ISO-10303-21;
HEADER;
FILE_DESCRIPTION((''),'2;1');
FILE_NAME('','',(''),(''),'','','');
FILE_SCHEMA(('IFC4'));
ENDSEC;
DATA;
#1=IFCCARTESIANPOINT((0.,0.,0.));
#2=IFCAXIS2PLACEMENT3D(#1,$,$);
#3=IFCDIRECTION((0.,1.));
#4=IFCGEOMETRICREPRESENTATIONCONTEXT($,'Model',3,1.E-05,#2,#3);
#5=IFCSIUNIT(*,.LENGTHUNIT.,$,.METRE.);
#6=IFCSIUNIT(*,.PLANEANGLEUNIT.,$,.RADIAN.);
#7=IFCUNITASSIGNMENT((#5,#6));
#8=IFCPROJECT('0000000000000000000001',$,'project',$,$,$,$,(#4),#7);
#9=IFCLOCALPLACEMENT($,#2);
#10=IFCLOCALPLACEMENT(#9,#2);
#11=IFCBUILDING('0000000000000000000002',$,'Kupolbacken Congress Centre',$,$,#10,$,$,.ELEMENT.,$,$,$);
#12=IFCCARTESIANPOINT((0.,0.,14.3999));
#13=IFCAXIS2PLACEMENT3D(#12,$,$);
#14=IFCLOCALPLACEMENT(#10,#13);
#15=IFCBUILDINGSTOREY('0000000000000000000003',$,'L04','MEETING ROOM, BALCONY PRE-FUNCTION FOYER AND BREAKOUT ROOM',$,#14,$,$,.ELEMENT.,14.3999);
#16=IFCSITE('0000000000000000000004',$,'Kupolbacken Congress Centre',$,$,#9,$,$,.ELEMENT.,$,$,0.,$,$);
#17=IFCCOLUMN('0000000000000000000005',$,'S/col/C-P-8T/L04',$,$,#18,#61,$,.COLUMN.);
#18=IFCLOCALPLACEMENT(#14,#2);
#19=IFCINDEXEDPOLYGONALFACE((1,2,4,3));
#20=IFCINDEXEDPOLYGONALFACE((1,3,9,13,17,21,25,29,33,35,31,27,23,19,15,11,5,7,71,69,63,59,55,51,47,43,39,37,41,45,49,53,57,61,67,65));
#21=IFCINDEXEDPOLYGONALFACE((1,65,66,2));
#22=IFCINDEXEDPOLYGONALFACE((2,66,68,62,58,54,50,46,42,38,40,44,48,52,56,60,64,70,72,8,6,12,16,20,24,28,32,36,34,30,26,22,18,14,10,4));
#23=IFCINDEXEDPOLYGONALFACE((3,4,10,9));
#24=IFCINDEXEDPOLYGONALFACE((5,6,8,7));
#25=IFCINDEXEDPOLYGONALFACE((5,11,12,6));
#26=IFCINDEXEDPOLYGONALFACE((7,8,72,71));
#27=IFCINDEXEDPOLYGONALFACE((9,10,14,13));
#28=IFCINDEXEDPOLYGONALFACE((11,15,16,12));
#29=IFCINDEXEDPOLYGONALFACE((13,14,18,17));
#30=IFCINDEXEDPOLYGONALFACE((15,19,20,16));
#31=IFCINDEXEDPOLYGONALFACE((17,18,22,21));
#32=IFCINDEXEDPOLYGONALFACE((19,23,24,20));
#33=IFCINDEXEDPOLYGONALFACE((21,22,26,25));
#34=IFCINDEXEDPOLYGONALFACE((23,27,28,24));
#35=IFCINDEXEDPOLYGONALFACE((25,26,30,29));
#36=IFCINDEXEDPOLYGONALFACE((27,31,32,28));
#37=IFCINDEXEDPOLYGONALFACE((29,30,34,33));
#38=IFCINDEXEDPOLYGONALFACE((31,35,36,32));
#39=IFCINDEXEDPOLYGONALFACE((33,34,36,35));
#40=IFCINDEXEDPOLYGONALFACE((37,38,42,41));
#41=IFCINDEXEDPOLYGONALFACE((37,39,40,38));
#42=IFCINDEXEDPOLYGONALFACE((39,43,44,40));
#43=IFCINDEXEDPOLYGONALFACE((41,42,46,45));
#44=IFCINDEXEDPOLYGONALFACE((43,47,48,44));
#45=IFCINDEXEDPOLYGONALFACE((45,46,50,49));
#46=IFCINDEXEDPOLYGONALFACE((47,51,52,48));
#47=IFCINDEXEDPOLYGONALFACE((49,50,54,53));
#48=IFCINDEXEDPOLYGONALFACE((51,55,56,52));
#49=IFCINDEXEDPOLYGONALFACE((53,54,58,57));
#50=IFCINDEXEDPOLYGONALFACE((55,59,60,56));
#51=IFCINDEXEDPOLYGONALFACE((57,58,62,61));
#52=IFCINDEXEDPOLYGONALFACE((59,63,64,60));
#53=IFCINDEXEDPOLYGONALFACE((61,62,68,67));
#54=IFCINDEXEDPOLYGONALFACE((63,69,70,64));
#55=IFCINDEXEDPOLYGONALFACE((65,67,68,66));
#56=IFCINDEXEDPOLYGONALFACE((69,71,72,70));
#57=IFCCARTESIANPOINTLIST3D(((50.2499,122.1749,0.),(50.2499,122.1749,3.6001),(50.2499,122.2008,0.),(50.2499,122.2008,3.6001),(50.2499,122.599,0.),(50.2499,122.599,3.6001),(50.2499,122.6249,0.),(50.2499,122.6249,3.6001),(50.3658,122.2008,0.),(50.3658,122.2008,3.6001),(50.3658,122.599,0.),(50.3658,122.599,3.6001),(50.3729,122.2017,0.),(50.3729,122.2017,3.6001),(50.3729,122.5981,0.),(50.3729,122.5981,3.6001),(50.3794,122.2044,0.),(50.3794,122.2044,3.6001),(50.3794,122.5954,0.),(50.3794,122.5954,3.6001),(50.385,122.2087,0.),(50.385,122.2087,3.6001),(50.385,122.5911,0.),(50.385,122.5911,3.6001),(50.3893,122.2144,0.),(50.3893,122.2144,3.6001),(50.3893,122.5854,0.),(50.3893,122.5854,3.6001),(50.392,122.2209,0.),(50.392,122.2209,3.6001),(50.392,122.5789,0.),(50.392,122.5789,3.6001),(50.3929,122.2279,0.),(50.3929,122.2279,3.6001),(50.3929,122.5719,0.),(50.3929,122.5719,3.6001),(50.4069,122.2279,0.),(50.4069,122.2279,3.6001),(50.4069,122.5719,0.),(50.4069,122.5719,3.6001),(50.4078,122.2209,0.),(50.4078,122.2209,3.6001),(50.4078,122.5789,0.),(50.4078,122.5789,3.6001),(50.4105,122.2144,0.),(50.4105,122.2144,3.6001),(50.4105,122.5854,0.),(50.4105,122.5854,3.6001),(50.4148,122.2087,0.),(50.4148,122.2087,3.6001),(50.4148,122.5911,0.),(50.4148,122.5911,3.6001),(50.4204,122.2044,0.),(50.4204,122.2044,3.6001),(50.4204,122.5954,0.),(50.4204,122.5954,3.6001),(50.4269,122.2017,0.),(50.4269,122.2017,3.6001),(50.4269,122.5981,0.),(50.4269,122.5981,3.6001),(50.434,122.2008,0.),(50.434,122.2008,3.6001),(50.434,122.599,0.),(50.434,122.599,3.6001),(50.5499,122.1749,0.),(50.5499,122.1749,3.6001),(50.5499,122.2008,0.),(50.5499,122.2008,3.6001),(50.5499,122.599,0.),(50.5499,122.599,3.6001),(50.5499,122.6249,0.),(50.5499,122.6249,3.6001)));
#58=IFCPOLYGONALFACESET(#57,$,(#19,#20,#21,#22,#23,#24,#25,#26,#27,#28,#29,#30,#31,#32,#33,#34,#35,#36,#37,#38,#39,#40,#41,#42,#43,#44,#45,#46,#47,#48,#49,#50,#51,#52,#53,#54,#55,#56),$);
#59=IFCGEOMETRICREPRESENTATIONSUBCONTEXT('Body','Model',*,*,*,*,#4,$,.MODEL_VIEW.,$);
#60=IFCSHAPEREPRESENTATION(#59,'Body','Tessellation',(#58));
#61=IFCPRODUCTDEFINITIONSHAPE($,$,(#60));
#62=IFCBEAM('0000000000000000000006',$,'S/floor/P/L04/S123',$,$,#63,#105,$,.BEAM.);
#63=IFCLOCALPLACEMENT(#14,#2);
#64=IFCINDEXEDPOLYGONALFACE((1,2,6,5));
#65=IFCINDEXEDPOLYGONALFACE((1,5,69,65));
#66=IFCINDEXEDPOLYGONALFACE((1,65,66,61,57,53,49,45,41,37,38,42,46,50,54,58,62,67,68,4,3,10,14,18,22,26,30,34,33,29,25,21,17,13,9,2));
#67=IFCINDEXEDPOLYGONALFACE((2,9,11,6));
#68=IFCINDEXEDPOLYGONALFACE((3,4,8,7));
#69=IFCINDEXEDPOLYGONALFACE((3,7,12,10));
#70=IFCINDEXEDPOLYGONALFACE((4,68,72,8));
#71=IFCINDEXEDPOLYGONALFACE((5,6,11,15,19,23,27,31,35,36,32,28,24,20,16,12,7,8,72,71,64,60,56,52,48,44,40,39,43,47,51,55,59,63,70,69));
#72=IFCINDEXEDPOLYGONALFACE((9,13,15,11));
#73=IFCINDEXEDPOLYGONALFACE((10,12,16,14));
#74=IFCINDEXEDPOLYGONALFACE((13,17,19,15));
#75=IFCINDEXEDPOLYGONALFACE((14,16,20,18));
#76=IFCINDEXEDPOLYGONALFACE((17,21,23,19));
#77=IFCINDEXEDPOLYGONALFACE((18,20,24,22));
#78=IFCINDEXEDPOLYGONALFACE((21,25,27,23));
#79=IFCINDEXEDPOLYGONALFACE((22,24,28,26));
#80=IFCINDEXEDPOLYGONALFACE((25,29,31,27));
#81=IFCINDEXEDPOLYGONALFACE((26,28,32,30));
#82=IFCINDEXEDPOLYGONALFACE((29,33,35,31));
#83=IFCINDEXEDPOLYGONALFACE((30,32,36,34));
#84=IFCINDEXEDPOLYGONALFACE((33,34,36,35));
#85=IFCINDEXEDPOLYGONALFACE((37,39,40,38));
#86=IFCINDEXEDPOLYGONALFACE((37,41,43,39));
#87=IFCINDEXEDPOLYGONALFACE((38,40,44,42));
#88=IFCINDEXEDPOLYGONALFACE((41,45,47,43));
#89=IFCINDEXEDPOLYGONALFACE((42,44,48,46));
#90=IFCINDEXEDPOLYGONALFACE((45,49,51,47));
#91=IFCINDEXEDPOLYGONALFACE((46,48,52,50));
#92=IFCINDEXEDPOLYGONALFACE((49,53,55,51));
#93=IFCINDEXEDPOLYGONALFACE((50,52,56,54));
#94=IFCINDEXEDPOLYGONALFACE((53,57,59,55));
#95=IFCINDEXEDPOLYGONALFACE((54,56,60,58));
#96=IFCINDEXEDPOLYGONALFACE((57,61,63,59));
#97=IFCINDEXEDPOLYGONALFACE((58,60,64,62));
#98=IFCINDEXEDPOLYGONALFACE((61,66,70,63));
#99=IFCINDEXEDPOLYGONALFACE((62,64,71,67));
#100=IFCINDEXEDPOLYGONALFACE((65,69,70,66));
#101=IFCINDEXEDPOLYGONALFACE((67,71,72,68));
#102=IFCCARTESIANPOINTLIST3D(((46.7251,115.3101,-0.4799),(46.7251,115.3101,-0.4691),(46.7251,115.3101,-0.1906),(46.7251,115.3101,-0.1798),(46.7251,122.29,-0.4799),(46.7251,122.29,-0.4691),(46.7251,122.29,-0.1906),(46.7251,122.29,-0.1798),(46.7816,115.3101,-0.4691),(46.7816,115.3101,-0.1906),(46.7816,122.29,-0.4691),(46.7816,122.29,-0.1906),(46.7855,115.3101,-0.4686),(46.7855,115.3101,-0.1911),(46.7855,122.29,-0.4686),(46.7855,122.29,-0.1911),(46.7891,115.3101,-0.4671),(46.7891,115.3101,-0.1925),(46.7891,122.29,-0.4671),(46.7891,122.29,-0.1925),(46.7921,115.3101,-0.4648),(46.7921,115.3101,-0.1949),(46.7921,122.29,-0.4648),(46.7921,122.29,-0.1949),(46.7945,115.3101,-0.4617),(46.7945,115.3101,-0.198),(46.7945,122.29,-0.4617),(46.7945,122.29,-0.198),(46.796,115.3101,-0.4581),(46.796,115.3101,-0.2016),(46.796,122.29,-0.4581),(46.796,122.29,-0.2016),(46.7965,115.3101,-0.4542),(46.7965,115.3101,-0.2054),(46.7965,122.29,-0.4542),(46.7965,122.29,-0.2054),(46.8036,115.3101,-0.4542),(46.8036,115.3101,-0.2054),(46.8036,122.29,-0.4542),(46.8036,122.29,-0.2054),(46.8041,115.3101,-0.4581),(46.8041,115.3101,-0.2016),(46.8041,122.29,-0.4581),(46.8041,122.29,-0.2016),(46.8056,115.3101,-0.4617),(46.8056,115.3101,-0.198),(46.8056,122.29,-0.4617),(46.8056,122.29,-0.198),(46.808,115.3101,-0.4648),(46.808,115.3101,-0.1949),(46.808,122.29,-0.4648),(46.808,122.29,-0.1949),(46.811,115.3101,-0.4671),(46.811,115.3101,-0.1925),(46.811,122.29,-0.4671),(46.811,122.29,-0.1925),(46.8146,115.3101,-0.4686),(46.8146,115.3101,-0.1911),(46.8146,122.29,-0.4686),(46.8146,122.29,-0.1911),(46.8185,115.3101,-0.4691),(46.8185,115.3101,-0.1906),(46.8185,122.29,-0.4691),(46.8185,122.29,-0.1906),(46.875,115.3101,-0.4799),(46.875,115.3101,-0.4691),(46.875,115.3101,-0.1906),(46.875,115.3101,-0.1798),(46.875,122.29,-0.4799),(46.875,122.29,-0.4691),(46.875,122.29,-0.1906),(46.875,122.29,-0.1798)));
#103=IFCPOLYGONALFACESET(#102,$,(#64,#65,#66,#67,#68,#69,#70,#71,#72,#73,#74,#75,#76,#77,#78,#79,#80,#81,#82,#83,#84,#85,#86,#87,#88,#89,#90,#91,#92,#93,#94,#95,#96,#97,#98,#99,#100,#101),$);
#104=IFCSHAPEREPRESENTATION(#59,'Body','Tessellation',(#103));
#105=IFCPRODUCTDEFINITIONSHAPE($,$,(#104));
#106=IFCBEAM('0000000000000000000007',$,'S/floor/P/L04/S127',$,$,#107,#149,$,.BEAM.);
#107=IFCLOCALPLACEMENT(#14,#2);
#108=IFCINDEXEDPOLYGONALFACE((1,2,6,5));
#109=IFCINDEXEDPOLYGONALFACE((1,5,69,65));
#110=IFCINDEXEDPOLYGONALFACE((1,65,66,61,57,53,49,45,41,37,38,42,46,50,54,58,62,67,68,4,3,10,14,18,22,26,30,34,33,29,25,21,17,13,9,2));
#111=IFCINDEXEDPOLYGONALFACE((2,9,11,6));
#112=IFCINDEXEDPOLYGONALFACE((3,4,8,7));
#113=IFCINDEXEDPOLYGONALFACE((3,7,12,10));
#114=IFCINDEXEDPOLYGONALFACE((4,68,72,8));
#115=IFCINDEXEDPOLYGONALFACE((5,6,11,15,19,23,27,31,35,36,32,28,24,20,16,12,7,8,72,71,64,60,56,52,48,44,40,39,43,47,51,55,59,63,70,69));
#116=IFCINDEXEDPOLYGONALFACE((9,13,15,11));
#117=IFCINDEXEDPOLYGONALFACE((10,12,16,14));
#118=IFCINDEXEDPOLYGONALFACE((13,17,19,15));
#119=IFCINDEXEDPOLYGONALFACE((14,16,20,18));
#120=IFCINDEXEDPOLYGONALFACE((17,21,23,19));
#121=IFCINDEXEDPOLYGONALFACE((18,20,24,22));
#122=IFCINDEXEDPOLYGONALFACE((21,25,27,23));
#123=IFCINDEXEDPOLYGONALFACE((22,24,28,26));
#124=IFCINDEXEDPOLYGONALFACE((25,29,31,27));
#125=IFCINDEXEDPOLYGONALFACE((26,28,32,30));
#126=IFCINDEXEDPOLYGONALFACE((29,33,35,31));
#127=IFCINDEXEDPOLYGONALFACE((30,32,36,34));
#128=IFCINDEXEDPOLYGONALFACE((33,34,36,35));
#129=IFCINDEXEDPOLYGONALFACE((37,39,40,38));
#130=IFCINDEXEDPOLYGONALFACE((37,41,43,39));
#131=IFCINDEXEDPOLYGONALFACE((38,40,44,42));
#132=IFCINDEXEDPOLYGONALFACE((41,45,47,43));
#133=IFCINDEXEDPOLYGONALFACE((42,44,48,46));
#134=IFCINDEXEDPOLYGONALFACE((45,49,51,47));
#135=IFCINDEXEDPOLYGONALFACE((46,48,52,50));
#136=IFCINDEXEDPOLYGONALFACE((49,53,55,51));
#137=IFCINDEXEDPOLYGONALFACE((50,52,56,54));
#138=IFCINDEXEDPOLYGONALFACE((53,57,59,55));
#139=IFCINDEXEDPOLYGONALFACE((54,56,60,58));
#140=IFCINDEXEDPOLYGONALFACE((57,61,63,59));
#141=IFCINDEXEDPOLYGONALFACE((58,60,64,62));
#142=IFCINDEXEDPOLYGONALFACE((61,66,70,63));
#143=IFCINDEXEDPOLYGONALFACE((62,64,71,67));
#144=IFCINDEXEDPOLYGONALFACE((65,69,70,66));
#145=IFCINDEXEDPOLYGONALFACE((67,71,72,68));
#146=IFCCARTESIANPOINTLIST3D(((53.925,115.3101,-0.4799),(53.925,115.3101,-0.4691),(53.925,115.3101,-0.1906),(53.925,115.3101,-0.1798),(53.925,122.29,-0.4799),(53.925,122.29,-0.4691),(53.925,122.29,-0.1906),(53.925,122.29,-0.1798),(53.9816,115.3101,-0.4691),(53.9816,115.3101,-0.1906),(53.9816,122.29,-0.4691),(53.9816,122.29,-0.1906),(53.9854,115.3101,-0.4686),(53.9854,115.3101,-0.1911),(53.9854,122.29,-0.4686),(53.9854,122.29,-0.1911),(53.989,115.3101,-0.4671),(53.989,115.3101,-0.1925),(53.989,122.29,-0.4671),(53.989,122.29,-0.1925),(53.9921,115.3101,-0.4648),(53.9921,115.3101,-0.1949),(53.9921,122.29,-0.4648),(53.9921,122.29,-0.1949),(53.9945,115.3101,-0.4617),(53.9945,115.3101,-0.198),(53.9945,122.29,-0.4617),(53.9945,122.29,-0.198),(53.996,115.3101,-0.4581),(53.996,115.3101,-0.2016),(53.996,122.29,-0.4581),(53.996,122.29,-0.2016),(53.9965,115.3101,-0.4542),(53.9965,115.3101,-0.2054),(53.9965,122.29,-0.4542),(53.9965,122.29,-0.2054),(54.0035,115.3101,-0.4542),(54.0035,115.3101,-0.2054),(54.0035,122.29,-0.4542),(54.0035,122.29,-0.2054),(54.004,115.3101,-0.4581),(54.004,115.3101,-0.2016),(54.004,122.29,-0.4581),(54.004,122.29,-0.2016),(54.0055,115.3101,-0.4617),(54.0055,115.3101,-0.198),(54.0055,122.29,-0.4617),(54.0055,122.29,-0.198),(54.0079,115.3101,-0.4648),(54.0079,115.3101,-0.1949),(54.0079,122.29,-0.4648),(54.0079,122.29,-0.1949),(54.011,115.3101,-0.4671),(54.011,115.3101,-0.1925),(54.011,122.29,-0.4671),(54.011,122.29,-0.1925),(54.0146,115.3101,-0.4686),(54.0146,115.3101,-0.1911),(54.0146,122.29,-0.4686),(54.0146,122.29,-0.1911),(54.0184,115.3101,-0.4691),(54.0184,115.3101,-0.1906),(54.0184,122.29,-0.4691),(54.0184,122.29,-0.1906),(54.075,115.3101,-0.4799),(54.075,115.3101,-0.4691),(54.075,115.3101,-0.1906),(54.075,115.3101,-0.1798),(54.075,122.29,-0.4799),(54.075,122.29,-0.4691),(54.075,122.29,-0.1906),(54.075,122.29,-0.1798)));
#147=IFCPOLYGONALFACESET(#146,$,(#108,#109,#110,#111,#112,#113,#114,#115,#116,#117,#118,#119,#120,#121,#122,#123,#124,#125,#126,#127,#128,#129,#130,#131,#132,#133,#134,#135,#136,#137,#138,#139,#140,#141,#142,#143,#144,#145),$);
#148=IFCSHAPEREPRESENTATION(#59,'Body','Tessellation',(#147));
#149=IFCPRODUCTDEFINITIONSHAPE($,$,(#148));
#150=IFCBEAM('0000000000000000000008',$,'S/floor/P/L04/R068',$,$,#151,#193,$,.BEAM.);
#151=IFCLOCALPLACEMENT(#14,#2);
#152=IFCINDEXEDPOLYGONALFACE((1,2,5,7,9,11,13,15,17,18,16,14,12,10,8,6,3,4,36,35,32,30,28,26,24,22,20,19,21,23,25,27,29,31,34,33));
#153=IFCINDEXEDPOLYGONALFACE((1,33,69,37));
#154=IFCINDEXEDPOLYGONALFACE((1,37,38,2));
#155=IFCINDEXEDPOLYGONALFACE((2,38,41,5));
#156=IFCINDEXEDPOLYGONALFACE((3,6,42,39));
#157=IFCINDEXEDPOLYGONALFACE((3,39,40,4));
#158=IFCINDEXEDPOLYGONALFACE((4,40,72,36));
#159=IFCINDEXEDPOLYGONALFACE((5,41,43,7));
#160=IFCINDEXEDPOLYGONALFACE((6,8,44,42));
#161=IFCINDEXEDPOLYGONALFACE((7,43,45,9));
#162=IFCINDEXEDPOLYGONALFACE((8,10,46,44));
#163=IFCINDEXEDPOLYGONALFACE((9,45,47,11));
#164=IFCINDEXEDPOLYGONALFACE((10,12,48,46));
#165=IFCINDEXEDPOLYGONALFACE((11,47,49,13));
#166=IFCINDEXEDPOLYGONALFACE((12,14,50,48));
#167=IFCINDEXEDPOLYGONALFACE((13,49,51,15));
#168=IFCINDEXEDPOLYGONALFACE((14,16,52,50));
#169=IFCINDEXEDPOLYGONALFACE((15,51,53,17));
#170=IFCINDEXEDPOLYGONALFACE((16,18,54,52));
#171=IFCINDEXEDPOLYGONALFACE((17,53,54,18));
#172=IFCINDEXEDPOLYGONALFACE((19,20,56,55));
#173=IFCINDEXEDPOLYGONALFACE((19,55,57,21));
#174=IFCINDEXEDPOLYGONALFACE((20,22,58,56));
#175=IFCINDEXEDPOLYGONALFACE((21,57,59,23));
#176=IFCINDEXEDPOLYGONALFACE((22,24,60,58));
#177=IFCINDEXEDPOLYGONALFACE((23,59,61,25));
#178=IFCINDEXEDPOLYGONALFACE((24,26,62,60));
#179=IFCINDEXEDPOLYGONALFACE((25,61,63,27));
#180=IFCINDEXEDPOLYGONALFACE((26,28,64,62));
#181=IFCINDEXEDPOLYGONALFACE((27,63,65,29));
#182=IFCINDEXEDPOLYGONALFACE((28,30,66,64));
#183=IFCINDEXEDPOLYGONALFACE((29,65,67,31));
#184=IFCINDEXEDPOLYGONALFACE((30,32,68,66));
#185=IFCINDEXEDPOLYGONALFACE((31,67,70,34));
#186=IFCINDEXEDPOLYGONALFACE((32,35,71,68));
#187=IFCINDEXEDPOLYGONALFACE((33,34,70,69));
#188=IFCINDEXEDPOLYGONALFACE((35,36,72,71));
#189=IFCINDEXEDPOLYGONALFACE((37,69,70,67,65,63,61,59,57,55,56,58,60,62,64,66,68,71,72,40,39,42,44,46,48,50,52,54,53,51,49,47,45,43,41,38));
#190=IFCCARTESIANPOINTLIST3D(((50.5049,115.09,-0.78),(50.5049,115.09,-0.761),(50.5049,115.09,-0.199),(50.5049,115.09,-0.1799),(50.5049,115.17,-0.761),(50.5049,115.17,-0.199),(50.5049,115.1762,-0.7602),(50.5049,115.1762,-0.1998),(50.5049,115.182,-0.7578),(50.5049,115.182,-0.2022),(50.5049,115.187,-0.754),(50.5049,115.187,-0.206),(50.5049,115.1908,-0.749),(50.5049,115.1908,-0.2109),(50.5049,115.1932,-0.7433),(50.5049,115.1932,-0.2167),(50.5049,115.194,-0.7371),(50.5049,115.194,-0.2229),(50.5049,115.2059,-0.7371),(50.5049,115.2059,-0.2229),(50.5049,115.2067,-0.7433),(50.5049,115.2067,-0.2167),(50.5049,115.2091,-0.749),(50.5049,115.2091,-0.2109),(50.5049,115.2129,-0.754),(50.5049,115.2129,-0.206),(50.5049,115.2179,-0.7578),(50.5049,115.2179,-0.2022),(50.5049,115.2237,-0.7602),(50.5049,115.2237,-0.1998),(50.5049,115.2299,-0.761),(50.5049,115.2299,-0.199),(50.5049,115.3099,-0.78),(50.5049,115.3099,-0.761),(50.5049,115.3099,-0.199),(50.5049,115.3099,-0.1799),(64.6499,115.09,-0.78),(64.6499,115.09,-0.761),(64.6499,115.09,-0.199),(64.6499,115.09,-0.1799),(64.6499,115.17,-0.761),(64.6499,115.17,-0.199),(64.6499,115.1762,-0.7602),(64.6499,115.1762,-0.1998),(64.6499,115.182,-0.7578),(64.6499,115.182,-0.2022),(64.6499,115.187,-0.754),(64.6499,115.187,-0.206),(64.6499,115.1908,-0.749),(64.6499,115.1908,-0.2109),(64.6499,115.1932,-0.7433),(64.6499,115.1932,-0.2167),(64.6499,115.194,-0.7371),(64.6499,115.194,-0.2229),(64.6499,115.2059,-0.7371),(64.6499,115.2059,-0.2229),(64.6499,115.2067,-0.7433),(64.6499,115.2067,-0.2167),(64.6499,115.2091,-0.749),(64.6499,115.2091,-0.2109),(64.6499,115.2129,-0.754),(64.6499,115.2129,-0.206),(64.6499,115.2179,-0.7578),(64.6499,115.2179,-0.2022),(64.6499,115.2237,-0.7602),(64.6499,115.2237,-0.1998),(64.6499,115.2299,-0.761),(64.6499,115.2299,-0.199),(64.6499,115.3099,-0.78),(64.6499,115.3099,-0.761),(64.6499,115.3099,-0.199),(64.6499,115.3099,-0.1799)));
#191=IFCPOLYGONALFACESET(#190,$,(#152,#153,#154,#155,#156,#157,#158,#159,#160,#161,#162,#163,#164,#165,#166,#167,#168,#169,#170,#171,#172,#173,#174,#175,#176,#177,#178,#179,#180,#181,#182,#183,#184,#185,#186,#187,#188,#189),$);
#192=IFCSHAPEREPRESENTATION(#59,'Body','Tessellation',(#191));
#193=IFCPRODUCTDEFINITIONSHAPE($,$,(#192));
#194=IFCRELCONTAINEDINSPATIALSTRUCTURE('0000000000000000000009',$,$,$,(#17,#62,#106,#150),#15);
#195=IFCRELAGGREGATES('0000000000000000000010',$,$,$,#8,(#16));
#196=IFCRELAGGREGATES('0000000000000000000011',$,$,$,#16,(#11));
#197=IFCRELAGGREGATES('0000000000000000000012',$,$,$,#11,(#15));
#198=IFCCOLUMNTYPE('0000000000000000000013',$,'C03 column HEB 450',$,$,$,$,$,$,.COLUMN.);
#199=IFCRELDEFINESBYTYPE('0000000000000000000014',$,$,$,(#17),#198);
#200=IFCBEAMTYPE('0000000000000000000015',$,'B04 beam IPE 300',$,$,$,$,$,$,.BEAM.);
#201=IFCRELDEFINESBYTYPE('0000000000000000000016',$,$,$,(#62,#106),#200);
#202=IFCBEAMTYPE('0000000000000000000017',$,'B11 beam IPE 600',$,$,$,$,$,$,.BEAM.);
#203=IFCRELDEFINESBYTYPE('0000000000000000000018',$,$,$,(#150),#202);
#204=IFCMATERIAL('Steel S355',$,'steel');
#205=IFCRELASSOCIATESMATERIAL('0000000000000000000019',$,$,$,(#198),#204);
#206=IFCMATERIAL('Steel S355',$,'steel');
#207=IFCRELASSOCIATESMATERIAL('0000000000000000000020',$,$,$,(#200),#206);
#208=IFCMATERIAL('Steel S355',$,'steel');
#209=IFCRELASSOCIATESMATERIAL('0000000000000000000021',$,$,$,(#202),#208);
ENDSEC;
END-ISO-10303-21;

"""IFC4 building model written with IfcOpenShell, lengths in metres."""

from ifc_helpers import new_model, si_unit, direction, frame, origin, origin_2d, place, context, subcontext, project, spatial, i_section, extrude, material, material_profile, profile_set, type_object, element, save


model = new_model("IFC4")

# Units and contexts
model_context = context("Model", 3, precision=1e-05, world=origin(), true_north=direction((0.0, 1.0)))
body_context = subcontext(model_context, "Body", "Model", "MODEL_VIEW")
ifc_project = project(units=[si_unit("LENGTHUNIT", "METRE"), si_unit("PLANEANGLEUNIT", "RADIAN")], contexts=[model_context])

# Site, building, storey
site_placement = place(None, origin())
site = spatial("IfcSite", under=ifc_project, at=site_placement, Name="Kupolbacken Congress Centre", CompositionType="ELEMENT", RefElevation=0.0)
building_placement = place(site_placement, origin())
building = spatial("IfcBuilding", under=site, at=building_placement, Name="Kupolbacken Congress Centre", CompositionType="ELEMENT")
storey_placement = place(building_placement, frame((0.0, 0.0, 14.3999)))
storey = spatial("IfcBuildingStorey", under=building, at=storey_placement, Name="L04", Description="MEETING ROOM, BALCONY PRE-FUNCTION FOYER AND BREAKOUT ROOM", CompositionType="ELEMENT", Elevation=14.3999)

# Column
ifc_material_1 = material(Name="Steel S355", Category="steel")
ifc_material_profile_1 = material_profile(ifc_material_1, i_section(OverallWidth=0.3, OverallDepth=0.45, WebThickness=0.0139, FlangeThickness=0.0259, FilletRadius=0.0271, at=origin_2d()), Name="HEB 450")
ifc_profile_set_1 = profile_set([ifc_material_profile_1], Name="Steel S355")
column_type = type_object("IfcColumnType", Name="C03 column HEB 450", PredefinedType="COLUMN", material=ifc_profile_set_1)
column_placement = place(storey_placement, frame((50.3999, 122.3999, 0.0), z_axis=(0.0, 0.0, 1.0), x_axis=(1.0, 0.0, 0.0)))
element("IfcColumn", 1, at=column_placement, inside=storey, type_object=column_type, Name="S/col/C-P-8T/L04", PredefinedType="COLUMN", context=body_context, shape_type="SweptSolid", body=[
    extrude(i_section(OverallWidth=0.3, OverallDepth=0.45, WebThickness=0.0139, FlangeThickness=0.0259, FilletRadius=0.0271, at=origin_2d()), origin(), (0.0, 0.0, 1.0), 3.6001),
])

# Beams
ifc_material_2 = material(Name="Steel S355", Category="steel")
ifc_material_profile_2 = material_profile(ifc_material_2, i_section(OverallWidth=0.1499, OverallDepth=0.3, WebThickness=0.0071, FlangeThickness=0.0107, FilletRadius=0.0149, at=origin_2d()), Name="IPE 300")
ifc_profile_set_2 = profile_set([ifc_material_profile_2], Name="Steel S355")
beam_type_1 = type_object("IfcBeamType", Name="B04 beam IPE 300", PredefinedType="BEAM", material=ifc_profile_set_2)
for number, where, z_axis, x_axis, name in (
    (2, (46.8, 115.3101, -0.3298), (0.0, 1.0, 0.0), (-1.0, 0.0, 0.0), "S/floor/P/L04/S123"),
    (3, (54.0, 115.3101, -0.3298), (0.0, 1.0, 0.0), (-1.0, 0.0, 0.0), "S/floor/P/L04/S127"),
):
    element("IfcBeam", number, at=place(storey_placement, frame(where, z_axis=z_axis, x_axis=x_axis)), inside=storey, type_object=beam_type_1, Name=name, PredefinedType="BEAM", context=body_context, shape_type="SweptSolid", body=[
        extrude(i_section(OverallWidth=0.1499, OverallDepth=0.3, WebThickness=0.0071, FlangeThickness=0.0107, FilletRadius=0.0149, at=origin_2d()), origin(), (0.0, 0.0, 1.0), 6.98),
    ])
ifc_material_3 = material(Name="Steel S355", Category="steel")
ifc_material_profile_3 = material_profile(ifc_material_3, i_section(OverallWidth=0.22, OverallDepth=0.6001, WebThickness=0.012, FlangeThickness=0.019, FilletRadius=0.0239, at=origin_2d()), Name="IPE 600")
ifc_profile_set_3 = profile_set([ifc_material_profile_3], Name="Steel S355")
beam_type_2 = type_object("IfcBeamType", Name="B11 beam IPE 600", PredefinedType="BEAM", material=ifc_profile_set_3)
beam_1_placement = place(storey_placement, frame((50.5049, 115.2, -0.48), z_axis=(1.0, 0.0, 0.0), x_axis=(0.0, 1.0, 0.0)))
element("IfcBeam", 4, at=beam_1_placement, inside=storey, type_object=beam_type_2, Name="S/floor/P/L04/R068", PredefinedType="BEAM", context=body_context, shape_type="SweptSolid", body=[
    extrude(i_section(OverallWidth=0.22, OverallDepth=0.6001, WebThickness=0.012, FlangeThickness=0.019, FilletRadius=0.0239, at=origin_2d()), origin(), (0.0, 0.0, 1.0), 14.145),
])

save(model, "model.ifc")
